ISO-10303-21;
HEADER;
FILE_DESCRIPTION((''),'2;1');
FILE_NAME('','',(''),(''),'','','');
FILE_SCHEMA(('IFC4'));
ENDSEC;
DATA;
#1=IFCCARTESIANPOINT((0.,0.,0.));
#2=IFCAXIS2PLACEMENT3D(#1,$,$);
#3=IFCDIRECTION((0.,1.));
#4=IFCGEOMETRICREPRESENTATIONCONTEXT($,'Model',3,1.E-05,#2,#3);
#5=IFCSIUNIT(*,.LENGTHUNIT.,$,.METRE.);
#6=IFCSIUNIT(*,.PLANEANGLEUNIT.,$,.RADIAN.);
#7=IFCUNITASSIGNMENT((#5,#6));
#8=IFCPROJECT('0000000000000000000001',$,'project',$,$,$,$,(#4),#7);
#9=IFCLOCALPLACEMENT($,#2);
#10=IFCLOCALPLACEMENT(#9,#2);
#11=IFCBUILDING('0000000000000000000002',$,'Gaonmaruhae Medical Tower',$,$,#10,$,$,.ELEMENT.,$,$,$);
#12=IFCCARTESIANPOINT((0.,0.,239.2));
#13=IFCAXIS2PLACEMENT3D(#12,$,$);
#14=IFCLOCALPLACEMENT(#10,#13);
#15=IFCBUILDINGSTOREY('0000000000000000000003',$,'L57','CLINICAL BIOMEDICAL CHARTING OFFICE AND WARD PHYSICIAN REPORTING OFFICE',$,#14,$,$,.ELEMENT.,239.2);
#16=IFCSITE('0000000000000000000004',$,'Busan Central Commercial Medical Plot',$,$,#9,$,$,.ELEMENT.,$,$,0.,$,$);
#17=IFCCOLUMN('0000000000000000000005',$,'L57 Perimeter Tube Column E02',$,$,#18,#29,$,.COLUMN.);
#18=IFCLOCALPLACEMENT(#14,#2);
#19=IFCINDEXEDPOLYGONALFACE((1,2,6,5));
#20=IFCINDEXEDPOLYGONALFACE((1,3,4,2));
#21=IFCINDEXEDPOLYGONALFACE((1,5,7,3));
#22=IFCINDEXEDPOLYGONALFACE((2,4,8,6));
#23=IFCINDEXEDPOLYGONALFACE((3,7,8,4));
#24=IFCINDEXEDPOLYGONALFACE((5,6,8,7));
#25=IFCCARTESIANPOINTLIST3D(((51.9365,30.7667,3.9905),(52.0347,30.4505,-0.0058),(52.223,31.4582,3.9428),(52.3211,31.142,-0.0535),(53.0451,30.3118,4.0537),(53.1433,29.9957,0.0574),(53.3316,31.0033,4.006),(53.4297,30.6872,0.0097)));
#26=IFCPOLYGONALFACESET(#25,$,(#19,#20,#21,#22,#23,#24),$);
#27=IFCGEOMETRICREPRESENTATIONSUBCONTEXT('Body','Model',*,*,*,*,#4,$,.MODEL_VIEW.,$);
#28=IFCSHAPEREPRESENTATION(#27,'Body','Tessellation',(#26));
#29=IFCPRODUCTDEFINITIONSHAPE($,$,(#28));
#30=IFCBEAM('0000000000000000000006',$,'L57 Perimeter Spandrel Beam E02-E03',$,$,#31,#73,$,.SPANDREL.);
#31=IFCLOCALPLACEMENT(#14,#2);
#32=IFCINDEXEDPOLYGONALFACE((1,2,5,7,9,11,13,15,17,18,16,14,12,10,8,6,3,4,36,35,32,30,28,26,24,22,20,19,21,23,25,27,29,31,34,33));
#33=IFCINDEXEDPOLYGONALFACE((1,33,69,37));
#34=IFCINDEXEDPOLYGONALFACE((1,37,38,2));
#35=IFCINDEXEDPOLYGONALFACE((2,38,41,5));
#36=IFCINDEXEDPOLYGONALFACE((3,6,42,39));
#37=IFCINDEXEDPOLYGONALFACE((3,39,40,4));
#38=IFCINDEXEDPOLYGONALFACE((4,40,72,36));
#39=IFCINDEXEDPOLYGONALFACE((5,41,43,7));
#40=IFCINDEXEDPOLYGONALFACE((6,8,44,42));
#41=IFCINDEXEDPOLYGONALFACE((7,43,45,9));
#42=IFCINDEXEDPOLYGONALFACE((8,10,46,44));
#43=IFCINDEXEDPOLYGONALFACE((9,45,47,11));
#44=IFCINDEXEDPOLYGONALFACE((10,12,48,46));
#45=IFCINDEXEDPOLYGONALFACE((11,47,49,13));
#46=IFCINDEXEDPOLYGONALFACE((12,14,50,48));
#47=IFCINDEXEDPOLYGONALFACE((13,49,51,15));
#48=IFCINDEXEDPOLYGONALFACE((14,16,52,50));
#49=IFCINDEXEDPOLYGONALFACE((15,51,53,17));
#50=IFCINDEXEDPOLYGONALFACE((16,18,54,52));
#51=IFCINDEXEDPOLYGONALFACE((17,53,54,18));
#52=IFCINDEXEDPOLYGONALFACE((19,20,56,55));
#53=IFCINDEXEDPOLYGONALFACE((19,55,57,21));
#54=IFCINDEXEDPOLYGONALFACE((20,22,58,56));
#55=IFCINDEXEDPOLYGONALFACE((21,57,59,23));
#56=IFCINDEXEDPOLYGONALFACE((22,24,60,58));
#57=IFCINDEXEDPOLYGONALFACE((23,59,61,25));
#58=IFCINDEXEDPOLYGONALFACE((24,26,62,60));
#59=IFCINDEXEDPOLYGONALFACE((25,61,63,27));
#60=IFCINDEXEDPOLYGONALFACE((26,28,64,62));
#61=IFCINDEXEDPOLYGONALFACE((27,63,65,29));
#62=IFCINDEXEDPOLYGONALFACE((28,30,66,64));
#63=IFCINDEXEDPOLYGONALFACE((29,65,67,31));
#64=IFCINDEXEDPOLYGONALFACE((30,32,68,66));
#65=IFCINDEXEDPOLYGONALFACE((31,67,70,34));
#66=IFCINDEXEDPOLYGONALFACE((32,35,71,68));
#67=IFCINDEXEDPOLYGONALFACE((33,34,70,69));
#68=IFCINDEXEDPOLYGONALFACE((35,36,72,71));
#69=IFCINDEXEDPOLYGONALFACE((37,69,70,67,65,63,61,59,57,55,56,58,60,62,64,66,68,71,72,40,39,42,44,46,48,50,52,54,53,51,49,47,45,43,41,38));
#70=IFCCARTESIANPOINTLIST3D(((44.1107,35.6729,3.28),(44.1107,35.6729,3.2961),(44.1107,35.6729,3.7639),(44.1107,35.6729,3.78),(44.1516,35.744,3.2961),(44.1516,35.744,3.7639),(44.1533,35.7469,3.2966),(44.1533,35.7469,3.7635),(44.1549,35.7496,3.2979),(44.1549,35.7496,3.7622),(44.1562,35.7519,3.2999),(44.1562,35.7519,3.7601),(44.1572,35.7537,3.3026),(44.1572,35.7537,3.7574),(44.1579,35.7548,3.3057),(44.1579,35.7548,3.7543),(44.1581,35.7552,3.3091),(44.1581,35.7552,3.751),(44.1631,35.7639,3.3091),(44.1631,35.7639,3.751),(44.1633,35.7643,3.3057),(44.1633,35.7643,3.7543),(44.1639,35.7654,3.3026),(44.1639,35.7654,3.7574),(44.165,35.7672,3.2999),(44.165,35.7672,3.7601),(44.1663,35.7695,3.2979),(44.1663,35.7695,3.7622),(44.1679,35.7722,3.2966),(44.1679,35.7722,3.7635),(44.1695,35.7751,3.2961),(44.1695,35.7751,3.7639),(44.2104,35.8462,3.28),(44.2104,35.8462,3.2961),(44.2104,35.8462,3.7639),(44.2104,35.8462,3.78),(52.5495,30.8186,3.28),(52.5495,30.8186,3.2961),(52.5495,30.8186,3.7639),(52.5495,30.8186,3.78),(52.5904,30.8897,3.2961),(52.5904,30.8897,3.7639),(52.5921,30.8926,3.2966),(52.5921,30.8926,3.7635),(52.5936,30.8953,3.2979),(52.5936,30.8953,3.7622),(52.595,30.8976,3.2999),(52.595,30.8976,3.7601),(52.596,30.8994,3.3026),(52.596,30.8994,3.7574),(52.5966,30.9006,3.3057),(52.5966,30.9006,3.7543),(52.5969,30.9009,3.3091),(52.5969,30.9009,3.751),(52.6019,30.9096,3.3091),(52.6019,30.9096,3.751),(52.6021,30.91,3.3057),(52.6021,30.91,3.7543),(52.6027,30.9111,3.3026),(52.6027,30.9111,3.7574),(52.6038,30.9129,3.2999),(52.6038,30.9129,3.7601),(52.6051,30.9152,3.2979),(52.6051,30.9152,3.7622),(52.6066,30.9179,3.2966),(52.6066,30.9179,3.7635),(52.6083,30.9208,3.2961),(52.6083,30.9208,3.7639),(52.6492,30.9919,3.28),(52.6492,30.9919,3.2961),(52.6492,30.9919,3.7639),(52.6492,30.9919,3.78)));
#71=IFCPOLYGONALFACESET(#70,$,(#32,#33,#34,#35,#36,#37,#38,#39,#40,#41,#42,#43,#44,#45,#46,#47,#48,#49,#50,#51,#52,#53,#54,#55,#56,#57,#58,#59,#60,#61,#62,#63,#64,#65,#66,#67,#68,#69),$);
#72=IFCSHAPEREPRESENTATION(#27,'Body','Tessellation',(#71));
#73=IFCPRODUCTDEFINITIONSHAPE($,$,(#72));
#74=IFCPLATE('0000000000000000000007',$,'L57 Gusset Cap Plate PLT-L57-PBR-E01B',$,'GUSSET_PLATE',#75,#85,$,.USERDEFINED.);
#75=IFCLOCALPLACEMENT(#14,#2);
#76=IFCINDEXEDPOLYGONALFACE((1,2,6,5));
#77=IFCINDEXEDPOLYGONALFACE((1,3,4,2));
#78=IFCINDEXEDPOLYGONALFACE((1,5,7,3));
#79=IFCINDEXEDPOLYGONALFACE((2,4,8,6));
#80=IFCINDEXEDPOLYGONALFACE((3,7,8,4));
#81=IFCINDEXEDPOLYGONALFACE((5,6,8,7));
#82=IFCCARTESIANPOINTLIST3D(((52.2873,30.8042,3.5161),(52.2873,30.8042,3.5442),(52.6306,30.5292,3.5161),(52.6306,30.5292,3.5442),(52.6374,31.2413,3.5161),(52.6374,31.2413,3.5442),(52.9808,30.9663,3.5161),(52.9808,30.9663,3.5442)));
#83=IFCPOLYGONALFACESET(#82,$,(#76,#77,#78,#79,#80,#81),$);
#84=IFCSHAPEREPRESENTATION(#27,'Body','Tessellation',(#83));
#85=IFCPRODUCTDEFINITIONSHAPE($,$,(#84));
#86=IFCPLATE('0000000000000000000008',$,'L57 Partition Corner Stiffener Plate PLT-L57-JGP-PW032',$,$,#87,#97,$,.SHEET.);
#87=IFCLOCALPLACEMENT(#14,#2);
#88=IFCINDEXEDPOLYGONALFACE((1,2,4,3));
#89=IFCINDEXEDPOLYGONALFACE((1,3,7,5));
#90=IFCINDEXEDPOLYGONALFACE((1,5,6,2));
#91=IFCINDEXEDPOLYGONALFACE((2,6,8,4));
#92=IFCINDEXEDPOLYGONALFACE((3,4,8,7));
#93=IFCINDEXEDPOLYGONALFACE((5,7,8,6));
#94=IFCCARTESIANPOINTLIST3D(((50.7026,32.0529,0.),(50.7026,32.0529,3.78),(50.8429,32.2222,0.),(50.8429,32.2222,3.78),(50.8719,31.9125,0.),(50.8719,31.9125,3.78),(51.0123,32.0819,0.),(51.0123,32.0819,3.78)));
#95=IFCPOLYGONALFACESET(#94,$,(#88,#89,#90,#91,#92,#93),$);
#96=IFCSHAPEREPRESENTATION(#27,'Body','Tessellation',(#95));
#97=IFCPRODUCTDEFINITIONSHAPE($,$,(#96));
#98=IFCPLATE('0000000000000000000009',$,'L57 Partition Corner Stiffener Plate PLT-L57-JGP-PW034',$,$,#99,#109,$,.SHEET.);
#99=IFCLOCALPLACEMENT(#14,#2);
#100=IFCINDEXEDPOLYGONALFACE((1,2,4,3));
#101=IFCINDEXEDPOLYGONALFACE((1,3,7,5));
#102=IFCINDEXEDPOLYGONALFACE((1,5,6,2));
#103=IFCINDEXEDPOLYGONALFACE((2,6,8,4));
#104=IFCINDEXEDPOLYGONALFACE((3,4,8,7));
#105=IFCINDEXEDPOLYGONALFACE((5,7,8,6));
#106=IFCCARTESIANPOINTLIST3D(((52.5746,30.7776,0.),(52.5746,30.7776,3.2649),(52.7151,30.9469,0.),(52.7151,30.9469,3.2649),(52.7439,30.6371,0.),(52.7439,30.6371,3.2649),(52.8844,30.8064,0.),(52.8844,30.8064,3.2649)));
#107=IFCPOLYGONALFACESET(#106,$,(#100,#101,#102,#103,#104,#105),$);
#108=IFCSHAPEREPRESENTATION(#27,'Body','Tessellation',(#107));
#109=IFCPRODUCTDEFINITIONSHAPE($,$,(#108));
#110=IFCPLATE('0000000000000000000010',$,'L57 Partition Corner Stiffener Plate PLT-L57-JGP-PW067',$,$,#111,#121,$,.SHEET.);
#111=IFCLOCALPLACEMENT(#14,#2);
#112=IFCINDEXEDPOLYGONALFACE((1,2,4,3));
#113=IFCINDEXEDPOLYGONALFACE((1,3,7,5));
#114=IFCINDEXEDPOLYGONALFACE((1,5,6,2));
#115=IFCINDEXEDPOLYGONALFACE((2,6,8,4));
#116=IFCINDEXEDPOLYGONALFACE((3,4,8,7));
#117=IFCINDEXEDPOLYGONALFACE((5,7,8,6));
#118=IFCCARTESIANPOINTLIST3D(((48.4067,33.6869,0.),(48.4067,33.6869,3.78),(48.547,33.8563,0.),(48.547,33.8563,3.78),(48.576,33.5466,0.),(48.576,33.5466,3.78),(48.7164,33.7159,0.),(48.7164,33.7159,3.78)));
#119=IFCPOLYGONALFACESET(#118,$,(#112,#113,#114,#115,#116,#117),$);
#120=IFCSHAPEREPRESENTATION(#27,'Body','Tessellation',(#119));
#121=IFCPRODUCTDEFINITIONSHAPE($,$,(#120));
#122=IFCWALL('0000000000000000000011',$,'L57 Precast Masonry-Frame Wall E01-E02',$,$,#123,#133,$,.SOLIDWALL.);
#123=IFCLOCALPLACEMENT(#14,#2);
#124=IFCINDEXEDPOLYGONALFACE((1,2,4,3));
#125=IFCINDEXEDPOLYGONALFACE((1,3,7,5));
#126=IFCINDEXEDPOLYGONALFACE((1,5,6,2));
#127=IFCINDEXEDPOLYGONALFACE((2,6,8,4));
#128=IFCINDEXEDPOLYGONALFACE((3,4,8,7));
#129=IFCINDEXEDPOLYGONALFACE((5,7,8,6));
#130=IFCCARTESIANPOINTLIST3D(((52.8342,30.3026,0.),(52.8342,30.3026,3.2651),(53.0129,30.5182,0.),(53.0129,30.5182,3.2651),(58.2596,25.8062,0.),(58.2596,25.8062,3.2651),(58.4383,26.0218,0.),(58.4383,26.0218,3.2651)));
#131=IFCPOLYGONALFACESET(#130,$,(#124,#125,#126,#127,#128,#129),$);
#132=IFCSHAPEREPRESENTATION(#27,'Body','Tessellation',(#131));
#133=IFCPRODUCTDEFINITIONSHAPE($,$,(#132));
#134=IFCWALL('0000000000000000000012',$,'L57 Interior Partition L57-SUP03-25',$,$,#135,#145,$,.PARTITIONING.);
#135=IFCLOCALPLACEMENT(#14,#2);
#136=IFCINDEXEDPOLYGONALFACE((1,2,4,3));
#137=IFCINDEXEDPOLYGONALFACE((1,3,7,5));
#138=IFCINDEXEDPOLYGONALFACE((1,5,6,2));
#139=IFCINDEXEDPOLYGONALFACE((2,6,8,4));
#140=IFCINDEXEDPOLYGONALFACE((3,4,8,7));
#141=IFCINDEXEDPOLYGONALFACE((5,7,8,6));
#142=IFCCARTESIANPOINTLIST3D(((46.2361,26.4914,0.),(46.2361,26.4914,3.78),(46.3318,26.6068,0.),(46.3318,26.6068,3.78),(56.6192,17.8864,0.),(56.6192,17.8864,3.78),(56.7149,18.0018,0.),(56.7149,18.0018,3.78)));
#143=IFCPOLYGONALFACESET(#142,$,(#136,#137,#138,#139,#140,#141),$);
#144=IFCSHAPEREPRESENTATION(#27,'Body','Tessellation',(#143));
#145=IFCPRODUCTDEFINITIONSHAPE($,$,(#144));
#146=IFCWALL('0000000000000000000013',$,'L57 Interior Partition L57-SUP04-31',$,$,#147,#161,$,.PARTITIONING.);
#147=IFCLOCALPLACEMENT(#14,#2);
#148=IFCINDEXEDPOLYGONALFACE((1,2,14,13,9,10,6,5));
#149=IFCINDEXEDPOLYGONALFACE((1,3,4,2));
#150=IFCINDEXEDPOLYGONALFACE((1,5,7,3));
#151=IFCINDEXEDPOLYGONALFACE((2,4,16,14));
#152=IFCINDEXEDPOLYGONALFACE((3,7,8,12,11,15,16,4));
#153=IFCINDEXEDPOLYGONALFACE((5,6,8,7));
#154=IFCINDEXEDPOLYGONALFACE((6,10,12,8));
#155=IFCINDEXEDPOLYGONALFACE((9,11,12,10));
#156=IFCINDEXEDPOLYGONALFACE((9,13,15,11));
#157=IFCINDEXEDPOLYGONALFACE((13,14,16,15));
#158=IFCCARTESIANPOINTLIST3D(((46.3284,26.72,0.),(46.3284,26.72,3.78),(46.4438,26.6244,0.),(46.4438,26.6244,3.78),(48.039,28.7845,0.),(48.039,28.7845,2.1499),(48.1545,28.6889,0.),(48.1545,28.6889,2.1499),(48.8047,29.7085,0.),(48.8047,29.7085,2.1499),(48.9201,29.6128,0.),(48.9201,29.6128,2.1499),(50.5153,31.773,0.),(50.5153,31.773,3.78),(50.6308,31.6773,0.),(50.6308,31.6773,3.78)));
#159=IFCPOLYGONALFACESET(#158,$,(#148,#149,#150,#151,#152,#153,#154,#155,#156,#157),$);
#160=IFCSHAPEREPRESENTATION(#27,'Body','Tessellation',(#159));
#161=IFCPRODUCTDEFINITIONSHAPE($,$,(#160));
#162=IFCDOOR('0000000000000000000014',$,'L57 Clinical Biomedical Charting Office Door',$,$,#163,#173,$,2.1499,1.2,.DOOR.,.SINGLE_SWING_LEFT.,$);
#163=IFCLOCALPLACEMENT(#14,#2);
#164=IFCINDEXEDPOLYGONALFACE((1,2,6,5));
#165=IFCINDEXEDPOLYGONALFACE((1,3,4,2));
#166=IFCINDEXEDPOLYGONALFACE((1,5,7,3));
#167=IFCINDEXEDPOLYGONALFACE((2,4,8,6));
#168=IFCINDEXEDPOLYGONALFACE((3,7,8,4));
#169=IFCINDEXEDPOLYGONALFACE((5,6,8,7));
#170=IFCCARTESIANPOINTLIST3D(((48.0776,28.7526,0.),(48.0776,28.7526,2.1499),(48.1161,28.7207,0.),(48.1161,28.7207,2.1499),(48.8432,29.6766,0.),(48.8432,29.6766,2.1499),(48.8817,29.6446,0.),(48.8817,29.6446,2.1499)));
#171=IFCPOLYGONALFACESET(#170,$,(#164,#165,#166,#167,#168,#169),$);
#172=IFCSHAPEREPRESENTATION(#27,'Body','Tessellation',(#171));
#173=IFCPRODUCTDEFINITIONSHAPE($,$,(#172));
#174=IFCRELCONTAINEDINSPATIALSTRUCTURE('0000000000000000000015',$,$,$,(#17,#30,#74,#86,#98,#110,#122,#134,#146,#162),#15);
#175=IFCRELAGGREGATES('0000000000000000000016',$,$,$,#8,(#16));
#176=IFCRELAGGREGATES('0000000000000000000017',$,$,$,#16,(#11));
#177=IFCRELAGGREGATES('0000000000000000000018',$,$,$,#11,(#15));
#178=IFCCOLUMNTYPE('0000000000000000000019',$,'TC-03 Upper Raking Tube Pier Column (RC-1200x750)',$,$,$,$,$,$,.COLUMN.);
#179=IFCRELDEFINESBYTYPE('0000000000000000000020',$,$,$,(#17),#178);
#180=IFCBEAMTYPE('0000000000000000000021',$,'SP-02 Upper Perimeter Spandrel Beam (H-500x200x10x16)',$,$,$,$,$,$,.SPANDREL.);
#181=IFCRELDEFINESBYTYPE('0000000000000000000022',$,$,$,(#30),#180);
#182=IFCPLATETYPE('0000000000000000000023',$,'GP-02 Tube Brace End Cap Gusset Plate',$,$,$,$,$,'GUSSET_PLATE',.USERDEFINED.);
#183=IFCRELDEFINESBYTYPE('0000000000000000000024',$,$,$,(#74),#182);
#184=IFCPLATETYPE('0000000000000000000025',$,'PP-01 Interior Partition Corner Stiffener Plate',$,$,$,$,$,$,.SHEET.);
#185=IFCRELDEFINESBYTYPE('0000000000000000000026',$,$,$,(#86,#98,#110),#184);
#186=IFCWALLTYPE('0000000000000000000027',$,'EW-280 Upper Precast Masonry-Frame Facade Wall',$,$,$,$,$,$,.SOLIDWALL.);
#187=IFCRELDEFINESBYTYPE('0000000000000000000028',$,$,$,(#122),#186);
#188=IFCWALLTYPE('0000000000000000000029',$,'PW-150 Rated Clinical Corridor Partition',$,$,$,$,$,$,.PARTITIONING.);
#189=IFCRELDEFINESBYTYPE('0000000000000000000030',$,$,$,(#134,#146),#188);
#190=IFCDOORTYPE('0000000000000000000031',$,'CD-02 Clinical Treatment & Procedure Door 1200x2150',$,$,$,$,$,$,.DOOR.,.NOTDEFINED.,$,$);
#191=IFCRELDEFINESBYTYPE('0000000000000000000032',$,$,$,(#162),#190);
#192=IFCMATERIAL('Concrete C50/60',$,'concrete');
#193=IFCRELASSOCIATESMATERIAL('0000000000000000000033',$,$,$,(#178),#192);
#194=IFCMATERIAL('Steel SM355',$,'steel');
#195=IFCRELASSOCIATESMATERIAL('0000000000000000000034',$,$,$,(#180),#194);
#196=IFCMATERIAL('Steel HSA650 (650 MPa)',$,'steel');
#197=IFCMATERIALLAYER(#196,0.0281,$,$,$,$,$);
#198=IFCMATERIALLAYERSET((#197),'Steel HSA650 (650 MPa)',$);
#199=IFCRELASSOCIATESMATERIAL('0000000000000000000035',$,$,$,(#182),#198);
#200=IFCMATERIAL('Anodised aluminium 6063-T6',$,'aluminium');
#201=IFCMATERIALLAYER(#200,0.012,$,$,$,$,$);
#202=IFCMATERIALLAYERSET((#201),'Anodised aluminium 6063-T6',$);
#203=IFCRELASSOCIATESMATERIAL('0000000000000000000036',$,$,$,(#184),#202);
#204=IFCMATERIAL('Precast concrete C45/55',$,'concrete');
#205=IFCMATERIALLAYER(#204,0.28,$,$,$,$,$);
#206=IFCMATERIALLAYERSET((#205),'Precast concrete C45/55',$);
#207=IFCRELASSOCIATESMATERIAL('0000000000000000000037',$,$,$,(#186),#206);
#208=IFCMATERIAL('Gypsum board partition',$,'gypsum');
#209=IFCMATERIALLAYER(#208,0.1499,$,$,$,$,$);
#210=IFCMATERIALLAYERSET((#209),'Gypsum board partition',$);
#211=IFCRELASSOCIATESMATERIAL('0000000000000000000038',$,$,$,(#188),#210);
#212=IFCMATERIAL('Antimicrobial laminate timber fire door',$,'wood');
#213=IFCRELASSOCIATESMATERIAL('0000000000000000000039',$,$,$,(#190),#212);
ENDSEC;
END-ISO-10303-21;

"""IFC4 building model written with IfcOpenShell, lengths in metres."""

from ifc_helpers import new_model, si_unit, direction, frame, frame_2d, origin, origin_2d, place, context, subcontext, project, spatial, rectangle, i_section, extrude, material, layer, layer_set, material_profile, profile_set, type_object, element, fill, save


model = new_model("IFC4")

# Units and contexts
model_context = context("Model", 3, precision=1e-05, world=origin(), true_north=direction((0.0, 1.0)))
body_context = subcontext(model_context, "Body", "Model", "MODEL_VIEW")
ifc_project = project(units=[si_unit("LENGTHUNIT", "METRE"), si_unit("PLANEANGLEUNIT", "RADIAN")], contexts=[model_context])

# Site, building, storey
site_placement = place(None, origin())
site = spatial("IfcSite", under=ifc_project, at=site_placement, Name="Busan Central Commercial Medical Plot", CompositionType="ELEMENT", RefElevation=0.0)
building_placement = place(site_placement, origin())
building = spatial("IfcBuilding", under=site, at=building_placement, Name="Gaonmaruhae Medical Tower", CompositionType="ELEMENT")
storey_placement = place(building_placement, frame((0.0, 0.0, 239.2)))
storey = spatial("IfcBuildingStorey", under=building, at=storey_placement, Name="L57", Description="CLINICAL BIOMEDICAL CHARTING OFFICE AND WARD PHYSICIAN REPORTING OFFICE", CompositionType="ELEMENT", Elevation=239.2)

# Column
ifc_material_1 = material(Name="Concrete C50/60", Category="concrete")
ifc_material_profile_1 = material_profile(ifc_material_1, rectangle(XDim=1.2, YDim=0.75, at=origin_2d()), Name="RC-1200x750")
ifc_profile_set_1 = profile_set([ifc_material_profile_1], Name="Concrete C50/60")
column_type = type_object("IfcColumnType", Name="TC-03 Upper Raking Tube Pier Column (RC-1200x750)", PredefinedType="COLUMN", material=ifc_profile_set_1)
column_placement = place(storey_placement, frame((52.7322, 30.5688, 0.002), z_axis=(-0.024475, 0.078843, 0.996587), x_axis=(0.923871, -0.379061, 0.052678)))
element("IfcColumn", 1, at=column_placement, inside=storey, type_object=column_type, Name="L57 Perimeter Tube Column E02", PredefinedType="COLUMN", context=body_context, shape_type="SweptSolid", body=[
    extrude(rectangle(XDim=1.2, YDim=0.75, at=origin_2d()), origin(), (0.0, 0.0, 1.0), 4.01),
])

# Beam
ifc_material_2 = material(Name="Steel SM355", Category="steel")
ifc_material_profile_2 = material_profile(ifc_material_2, i_section(OverallWidth=0.2, OverallDepth=0.5, WebThickness=0.01, FlangeThickness=0.0161, FilletRadius=0.0129, at=origin_2d()), Name="H-500x200x10x16")
ifc_profile_set_2 = profile_set([ifc_material_profile_2], Name="Steel SM355")
beam_type = type_object("IfcBeamType", Name="SP-02 Upper Perimeter Spandrel Beam (H-500x200x10x16)", PredefinedType="SPANDREL", material=ifc_profile_set_2)
beam_placement = place(storey_placement, frame((52.5994, 30.9053, 3.53), z_axis=(-0.866818, 0.498624, 0.0), x_axis=(-0.498624, -0.866818, 0.0)))
element("IfcBeam", 2, at=beam_placement, inside=storey, type_object=beam_type, Name="L57 Perimeter Spandrel Beam E02-E03", PredefinedType="SPANDREL", context=body_context, shape_type="SweptSolid", body=[
    extrude(i_section(OverallWidth=0.2, OverallDepth=0.5, WebThickness=0.01, FlangeThickness=0.0161, FilletRadius=0.0129, at=origin_2d()), origin(), (0.0, 0.0, 1.0), 9.7354),
])

# Plates
ifc_material_3 = material(Name="Steel HSA650 (650 MPa)", Category="steel")
ifc_layer_1 = layer(ifc_material_3, 0.0281)
ifc_layer_set_1 = layer_set([ifc_layer_1], Name="Steel HSA650 (650 MPa)")
plate_type_1 = type_object("IfcPlateType", Name="GP-02 Tube Brace End Cap Gusset Plate", ElementType="GUSSET_PLATE", PredefinedType="USERDEFINED", material=ifc_layer_set_1)
plate_1_placement = place(storey_placement, frame((52.634, 30.8853, 3.5161), z_axis=(0.0, 0.0, 1.0), x_axis=(0.625243, 0.78043, 0.0)))
element("IfcPlate", 3, at=plate_1_placement, inside=storey, type_object=plate_type_1, Name="L57 Gusset Cap Plate PLT-L57-PBR-E01B", ObjectType="GUSSET_PLATE", PredefinedType="USERDEFINED", context=body_context, shape_type="SweptSolid", body=[
    extrude(rectangle(XDim=0.5601, YDim=0.4399, at=origin_2d()), origin(), (0.0, 0.0, 1.0), 0.0281),
])
ifc_material_4 = material(Name="Anodised aluminium 6063-T6", Category="aluminium")
ifc_layer_2 = layer(ifc_material_4, 0.012)
ifc_layer_set_2 = layer_set([ifc_layer_2], Name="Anodised aluminium 6063-T6")
plate_type_2 = type_object("IfcPlateType", Name="PP-01 Interior Partition Corner Stiffener Plate", PredefinedType="SHEET", material=ifc_layer_set_2)
plate_2_placement = place(storey_placement, frame((50.8574, 32.0674, 0.0), z_axis=(0.0, 0.0, 1.0), x_axis=(0.638096, 0.769957, 0.0)))
element("IfcPlate", 4, at=plate_2_placement, inside=storey, type_object=plate_type_2, Name="L57 Partition Corner Stiffener Plate PLT-L57-JGP-PW032", PredefinedType="SHEET", context=body_context, shape_type="SweptSolid", body=[
    extrude(rectangle(XDim=0.22, YDim=0.22, at=origin_2d()), origin(), (0.0, 0.0, 1.0), 3.78),
])
plate_3_placement = place(storey_placement, frame((52.7295, 30.792, 0.0), z_axis=(0.0, 0.0, 1.0), x_axis=(0.769578, -0.638553, 0.0)))
element("IfcPlate", 5, at=plate_3_placement, inside=storey, type_object=plate_type_2, Name="L57 Partition Corner Stiffener Plate PLT-L57-JGP-PW034", PredefinedType="SHEET", context=body_context, shape_type="SweptSolid", body=[
    extrude(rectangle(XDim=0.22, YDim=0.22, at=origin_2d()), origin(), (0.0, 0.0, 1.0), 3.2649),
])
plate_4_placement = place(storey_placement, frame((48.5615, 33.7014, 0.0), z_axis=(0.0, 0.0, 1.0), x_axis=(-0.638056, -0.76999, 0.0)))
element("IfcPlate", 6, at=plate_4_placement, inside=storey, type_object=plate_type_2, Name="L57 Partition Corner Stiffener Plate PLT-L57-JGP-PW067", PredefinedType="SHEET", context=body_context, shape_type="SweptSolid", body=[
    extrude(rectangle(XDim=0.22, YDim=0.22, at=origin_2d()), origin(), (0.0, 0.0, 1.0), 3.78),
])

# Walls
ifc_material_5 = material(Name="Precast concrete C45/55", Category="concrete")
ifc_layer_3 = layer(ifc_material_5, 0.28)
ifc_layer_set_3 = layer_set([ifc_layer_3], Name="Precast concrete C45/55")
wall_type_1 = type_object("IfcWallType", Name="EW-280 Upper Precast Masonry-Frame Facade Wall", PredefinedType="SOLIDWALL", material=ifc_layer_set_3)
wall_1_placement = place(storey_placement, frame((52.9236, 30.4104, 0.0), z_axis=(0.0, 0.0, 1.0), x_axis=(0.769945, -0.63811, 0.0)))
element("IfcWall", 7, at=wall_1_placement, inside=storey, type_object=wall_type_1, Name="L57 Precast Masonry-Frame Wall E01-E02", PredefinedType="SOLIDWALL", context=body_context, shape_type="SweptSolid", body=[
    extrude(rectangle(XDim=7.0464, YDim=0.28, at=frame_2d((3.5232, 0.0))), origin(), (0.0, 0.0, 1.0), 3.2651),
])
ifc_material_6 = material(Name="Gypsum board partition", Category="gypsum")
ifc_layer_4 = layer(ifc_material_6, 0.1499)
ifc_layer_set_4 = layer_set([ifc_layer_4], Name="Gypsum board partition")
wall_type_2 = type_object("IfcWallType", Name="PW-150 Rated Clinical Corridor Partition", PredefinedType="PARTITIONING", material=ifc_layer_set_4)
wall_2_placement = place(storey_placement, frame((46.2839, 26.5491, 0.0), z_axis=(0.0, 0.0, 1.0), x_axis=(0.769953, -0.6381, 0.0)))
element("IfcWall", 8, at=wall_2_placement, inside=storey, type_object=wall_type_2, Name="L57 Interior Partition L57-SUP03-25", PredefinedType="PARTITIONING", context=body_context, shape_type="SweptSolid", body=[
    extrude(rectangle(XDim=13.4854, YDim=0.1499, at=frame_2d((6.7427, 0.0))), origin(), (0.0, 0.0, 1.0), 3.78),
])

# Wall, opening, door
wall_3_placement = place(storey_placement, frame((46.386, 26.6721, 0.0), z_axis=(0.0, 0.0, 1.0), x_axis=(0.638041, 0.770002, 0.0)))
wall_3 = element("IfcWall", 9, at=wall_3_placement, inside=storey, type_object=wall_type_2, Name="L57 Interior Partition L57-SUP04-31", PredefinedType="PARTITIONING", context=body_context, shape_type="SweptSolid", body=[
    extrude(rectangle(XDim=6.5623, YDim=0.1499, at=frame_2d((3.2812, 0.0))), origin(), (0.0, 0.0, 1.0), 3.78),
])
opening_1_placement = place(wall_3_placement, frame((2.6812, 0.0, 0.0)))
opening_1 = element("IfcOpeningElement", 10, at=opening_1_placement, cuts=wall_3, PredefinedType="OPENING", context=body_context, shape_type="SweptSolid", body=[
    extrude(rectangle(XDim=1.2, YDim=2.1499, at=frame_2d((0.6001, 1.075))), frame((0.0, 0.085, 0.0), z_axis=(0.0, -1.0, 0.0), x_axis=(1.0, 0.0, 0.0)), (0.0, 0.0, 1.0), 0.1699),
])
ifc_material_7 = material(Name="Antimicrobial laminate timber fire door", Category="wood")
door_type = type_object("IfcDoorType", Name="CD-02 Clinical Treatment & Procedure Door 1200x2150", OperationType="NOTDEFINED", PredefinedType="DOOR", material=ifc_material_7)
door_1_placement = place(opening_1_placement, origin())
door_1 = element("IfcDoor", 11, at=door_1_placement, inside=storey, type_object=door_type, Name="L57 Clinical Biomedical Charting Office Door", OperationType="SINGLE_SWING_LEFT", OverallHeight=2.1499, OverallWidth=1.2, PredefinedType="DOOR", context=body_context, shape_type="SweptSolid", body=[
    extrude(rectangle(XDim=1.2, YDim=2.1499, at=frame_2d((0.6001, 1.075))), frame((0.0, 0.0249, 0.0), z_axis=(0.0, -1.0, 0.0), x_axis=(1.0, 0.0, 0.0)), (0.0, 0.0, 1.0), 0.05),
])
fill(opening_1, door_1)

save(model, "model.ifc")
